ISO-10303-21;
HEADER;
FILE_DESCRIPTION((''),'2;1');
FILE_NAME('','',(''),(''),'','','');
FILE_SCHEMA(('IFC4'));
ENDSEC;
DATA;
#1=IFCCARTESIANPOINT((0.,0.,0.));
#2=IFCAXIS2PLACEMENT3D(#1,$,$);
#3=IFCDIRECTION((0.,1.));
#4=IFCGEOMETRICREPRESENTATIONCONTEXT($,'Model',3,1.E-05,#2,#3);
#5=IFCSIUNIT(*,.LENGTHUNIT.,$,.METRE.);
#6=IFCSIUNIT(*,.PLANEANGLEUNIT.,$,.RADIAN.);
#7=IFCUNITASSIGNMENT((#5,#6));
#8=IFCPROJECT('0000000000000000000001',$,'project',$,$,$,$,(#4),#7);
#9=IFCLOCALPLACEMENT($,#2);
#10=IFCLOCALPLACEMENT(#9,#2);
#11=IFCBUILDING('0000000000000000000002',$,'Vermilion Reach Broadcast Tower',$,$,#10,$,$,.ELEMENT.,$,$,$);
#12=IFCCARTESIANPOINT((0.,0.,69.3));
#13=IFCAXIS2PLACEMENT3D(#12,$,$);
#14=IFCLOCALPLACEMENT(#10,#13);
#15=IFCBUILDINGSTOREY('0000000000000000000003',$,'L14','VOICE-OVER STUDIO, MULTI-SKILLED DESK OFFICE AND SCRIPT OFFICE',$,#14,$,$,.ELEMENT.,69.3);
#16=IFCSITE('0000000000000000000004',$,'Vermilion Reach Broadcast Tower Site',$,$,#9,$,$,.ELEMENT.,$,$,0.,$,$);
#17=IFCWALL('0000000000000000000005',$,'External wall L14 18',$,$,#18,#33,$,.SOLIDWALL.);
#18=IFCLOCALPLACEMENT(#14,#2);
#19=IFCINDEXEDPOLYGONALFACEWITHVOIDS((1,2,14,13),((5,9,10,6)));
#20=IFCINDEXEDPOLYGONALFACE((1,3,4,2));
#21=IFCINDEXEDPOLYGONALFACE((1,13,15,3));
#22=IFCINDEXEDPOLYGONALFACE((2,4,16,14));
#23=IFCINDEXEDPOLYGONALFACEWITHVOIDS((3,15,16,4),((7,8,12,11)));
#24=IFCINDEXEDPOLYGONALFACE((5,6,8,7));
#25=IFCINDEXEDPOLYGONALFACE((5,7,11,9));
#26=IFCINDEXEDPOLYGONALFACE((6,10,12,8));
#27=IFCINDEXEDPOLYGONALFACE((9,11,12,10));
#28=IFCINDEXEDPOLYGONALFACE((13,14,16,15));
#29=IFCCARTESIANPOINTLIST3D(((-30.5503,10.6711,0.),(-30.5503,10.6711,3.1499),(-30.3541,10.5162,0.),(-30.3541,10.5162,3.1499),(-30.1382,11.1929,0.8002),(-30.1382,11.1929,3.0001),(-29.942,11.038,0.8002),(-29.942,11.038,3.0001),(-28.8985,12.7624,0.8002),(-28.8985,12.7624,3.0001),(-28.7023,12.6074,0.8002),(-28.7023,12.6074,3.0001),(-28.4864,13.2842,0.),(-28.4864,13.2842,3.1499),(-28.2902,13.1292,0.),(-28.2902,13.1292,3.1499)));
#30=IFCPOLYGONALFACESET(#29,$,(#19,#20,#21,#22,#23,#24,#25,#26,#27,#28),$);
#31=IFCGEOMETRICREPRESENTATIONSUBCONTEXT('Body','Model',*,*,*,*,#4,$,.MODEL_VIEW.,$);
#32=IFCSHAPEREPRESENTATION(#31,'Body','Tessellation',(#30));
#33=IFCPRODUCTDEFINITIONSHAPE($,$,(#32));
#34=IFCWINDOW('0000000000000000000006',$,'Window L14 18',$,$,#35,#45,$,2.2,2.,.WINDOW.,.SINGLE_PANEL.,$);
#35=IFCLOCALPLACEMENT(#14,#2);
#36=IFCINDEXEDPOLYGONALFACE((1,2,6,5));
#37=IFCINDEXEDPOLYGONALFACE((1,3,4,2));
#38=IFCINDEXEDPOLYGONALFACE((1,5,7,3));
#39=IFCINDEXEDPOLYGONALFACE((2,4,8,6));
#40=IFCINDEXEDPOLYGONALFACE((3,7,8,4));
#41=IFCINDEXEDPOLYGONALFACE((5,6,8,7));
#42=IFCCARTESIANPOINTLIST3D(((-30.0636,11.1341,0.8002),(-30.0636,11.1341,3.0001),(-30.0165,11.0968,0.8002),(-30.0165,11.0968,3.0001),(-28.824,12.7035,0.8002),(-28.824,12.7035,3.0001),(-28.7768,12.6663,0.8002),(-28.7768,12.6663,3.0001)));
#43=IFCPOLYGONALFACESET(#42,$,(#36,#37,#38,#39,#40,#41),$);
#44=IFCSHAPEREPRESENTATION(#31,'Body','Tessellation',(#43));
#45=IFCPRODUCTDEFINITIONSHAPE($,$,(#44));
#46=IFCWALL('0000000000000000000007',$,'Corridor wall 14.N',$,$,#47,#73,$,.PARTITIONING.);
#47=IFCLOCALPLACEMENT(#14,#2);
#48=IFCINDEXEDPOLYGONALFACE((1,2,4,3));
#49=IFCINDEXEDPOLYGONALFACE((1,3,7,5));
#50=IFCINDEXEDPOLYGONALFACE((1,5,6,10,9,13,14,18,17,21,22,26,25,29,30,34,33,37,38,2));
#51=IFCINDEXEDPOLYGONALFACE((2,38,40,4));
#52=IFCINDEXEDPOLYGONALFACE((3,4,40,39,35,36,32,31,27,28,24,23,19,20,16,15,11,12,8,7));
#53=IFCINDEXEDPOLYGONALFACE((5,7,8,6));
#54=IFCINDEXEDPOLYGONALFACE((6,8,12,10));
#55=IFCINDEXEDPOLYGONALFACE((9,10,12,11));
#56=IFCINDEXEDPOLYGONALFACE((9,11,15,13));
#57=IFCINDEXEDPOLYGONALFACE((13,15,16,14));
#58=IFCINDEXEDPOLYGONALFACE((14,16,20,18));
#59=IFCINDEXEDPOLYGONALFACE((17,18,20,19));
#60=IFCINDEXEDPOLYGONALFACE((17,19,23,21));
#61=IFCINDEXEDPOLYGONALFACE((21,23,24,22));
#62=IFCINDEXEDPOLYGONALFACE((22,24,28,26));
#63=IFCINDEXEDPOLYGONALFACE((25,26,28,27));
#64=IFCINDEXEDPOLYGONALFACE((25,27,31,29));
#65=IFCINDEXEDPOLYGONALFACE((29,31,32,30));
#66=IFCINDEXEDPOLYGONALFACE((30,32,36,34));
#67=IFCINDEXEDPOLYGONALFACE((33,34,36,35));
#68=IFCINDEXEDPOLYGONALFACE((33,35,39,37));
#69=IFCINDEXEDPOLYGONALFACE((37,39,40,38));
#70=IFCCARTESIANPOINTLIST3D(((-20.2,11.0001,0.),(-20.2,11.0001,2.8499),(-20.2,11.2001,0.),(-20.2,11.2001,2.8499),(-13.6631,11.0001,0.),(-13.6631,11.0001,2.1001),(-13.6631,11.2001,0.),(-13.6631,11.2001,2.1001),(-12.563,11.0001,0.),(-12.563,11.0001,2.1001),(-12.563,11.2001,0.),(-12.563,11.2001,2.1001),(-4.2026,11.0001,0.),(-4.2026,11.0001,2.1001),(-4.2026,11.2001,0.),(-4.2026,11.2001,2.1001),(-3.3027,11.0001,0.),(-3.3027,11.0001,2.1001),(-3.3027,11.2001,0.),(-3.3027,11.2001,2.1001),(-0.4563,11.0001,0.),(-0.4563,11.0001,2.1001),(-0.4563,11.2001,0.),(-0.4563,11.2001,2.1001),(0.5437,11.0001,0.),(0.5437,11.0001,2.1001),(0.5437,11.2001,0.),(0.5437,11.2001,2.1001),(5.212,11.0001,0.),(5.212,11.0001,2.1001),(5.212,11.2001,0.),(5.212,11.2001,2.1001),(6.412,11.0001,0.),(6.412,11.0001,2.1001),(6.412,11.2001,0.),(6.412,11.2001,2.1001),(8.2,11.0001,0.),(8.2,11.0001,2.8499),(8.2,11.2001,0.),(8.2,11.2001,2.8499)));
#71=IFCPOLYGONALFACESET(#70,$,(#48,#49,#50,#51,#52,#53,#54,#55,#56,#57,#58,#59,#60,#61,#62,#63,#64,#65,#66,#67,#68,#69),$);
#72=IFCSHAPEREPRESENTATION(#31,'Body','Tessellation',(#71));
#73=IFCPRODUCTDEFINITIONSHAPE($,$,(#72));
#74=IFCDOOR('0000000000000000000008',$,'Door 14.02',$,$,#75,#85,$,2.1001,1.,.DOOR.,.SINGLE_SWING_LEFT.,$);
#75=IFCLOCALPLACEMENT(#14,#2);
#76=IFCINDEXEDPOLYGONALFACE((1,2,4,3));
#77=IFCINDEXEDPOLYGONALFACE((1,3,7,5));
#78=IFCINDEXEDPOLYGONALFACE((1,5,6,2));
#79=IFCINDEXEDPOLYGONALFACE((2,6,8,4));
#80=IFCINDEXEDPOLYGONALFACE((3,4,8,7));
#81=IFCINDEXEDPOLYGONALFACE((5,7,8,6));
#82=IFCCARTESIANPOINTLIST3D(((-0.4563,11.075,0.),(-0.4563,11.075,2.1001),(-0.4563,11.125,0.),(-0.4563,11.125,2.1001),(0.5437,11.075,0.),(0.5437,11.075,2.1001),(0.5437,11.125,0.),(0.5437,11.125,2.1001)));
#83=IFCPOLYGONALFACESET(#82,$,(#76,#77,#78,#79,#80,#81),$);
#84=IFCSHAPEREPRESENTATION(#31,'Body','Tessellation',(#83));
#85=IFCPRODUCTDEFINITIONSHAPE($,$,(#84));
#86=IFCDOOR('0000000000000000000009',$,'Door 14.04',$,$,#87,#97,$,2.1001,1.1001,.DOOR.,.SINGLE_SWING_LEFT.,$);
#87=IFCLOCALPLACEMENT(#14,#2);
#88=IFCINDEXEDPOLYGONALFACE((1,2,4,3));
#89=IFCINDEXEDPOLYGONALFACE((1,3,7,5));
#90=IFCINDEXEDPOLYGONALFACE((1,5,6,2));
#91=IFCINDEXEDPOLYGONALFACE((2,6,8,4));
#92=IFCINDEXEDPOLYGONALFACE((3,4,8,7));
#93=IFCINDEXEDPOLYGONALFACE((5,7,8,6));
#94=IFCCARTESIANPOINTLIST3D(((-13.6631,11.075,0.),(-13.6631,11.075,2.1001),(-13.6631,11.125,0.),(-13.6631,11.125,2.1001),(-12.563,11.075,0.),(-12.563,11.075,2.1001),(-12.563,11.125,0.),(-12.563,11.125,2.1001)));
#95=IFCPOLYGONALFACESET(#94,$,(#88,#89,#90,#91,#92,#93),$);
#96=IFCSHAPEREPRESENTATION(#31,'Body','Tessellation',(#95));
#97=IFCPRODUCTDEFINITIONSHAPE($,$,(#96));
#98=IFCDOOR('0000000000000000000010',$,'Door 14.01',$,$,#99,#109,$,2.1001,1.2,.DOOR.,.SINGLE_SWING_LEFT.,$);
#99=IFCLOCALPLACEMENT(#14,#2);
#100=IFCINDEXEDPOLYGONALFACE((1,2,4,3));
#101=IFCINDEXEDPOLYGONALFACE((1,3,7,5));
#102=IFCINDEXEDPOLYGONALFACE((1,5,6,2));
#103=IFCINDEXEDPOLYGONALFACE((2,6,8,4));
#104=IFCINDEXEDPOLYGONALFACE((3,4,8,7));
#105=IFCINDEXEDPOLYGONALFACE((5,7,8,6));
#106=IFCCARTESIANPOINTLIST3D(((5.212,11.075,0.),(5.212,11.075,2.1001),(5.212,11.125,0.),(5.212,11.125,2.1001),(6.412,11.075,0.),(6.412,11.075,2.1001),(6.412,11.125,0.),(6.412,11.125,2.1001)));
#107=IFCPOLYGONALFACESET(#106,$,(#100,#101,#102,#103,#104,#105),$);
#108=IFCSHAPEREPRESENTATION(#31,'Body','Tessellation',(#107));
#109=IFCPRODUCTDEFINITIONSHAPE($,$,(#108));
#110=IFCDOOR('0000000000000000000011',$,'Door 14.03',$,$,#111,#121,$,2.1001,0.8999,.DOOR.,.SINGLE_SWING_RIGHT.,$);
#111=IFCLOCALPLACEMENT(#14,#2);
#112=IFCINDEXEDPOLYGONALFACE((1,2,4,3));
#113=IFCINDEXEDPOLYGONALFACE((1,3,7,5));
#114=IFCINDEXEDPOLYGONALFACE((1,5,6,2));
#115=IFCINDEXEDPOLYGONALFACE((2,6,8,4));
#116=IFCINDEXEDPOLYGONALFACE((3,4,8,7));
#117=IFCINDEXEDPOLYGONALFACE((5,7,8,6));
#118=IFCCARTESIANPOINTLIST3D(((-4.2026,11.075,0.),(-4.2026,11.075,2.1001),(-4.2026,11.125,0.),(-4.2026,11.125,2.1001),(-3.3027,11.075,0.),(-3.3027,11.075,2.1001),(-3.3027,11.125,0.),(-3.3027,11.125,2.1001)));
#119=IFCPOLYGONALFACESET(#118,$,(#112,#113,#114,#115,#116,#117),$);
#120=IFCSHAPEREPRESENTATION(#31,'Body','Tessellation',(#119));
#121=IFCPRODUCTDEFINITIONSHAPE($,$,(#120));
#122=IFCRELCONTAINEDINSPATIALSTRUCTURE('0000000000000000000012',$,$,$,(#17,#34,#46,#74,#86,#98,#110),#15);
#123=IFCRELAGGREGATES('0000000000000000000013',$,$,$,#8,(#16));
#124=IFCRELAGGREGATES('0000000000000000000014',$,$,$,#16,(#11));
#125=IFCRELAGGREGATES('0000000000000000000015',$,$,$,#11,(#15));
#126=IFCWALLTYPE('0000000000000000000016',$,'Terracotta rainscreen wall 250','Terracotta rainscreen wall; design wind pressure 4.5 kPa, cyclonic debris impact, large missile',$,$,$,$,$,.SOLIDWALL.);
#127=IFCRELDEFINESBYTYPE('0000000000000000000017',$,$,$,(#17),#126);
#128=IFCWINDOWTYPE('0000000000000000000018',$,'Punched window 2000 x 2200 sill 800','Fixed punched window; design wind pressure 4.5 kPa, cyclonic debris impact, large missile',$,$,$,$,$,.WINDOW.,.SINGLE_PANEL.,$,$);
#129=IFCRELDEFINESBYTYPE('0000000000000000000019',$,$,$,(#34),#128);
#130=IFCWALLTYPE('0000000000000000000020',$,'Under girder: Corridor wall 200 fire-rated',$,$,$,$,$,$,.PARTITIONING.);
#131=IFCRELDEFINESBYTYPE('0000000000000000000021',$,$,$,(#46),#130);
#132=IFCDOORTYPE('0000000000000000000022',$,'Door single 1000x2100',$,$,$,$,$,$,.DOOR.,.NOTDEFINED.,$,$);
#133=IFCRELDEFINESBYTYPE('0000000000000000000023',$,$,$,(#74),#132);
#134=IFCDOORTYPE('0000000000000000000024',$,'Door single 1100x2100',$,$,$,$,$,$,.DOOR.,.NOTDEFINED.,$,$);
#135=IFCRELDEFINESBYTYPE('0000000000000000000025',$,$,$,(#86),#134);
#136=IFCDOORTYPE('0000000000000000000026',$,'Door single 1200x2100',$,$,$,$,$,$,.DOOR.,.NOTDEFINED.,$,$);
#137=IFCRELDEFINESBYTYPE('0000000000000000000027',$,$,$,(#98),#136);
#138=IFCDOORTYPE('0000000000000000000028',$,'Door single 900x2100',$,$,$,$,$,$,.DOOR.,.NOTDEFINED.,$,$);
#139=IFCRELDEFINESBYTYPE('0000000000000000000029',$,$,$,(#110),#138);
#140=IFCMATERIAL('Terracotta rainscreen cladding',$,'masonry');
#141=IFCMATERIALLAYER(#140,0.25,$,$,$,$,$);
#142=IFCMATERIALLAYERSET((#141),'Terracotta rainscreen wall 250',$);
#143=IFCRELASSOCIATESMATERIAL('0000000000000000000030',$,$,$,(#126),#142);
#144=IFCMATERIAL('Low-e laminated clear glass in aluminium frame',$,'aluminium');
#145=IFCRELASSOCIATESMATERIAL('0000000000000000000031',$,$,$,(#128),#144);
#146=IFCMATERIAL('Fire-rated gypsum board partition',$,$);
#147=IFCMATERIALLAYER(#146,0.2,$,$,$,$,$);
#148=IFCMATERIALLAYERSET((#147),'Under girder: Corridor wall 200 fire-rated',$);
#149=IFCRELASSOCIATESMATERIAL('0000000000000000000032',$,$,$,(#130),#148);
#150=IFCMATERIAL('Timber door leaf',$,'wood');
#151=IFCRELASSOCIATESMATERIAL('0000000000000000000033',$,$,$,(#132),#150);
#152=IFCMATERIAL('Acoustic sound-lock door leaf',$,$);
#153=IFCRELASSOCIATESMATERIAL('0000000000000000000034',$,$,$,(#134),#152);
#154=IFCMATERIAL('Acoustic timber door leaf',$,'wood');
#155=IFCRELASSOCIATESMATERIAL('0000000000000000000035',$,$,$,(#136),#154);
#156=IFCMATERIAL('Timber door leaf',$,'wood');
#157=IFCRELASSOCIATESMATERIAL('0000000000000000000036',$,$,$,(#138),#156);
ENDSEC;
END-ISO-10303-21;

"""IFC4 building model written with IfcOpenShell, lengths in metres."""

from ifc_helpers import new_model, si_unit, direction, frame, frame_2d, origin, place, context, subcontext, project, spatial, rectangle, extrude, material, layer, layer_set, type_object, element, fill, save


model = new_model("IFC4")

# Units and contexts
model_context = context("Model", 3, precision=1e-05, world=origin(), true_north=direction((0.0, 1.0)))
body_context = subcontext(model_context, "Body", "Model", "MODEL_VIEW")
ifc_project = project(units=[si_unit("LENGTHUNIT", "METRE"), si_unit("PLANEANGLEUNIT", "RADIAN")], contexts=[model_context])

# Site, building, storey
site_placement = place(None, origin())
site = spatial("IfcSite", under=ifc_project, at=site_placement, Name="Vermilion Reach Broadcast Tower Site", CompositionType="ELEMENT", RefElevation=0.0)
building_placement = place(site_placement, origin())
building = spatial("IfcBuilding", under=site, at=building_placement, Name="Vermilion Reach Broadcast Tower", CompositionType="ELEMENT")
storey_placement = place(building_placement, frame((0.0, 0.0, 69.3)))
storey = spatial("IfcBuildingStorey", under=building, at=storey_placement, Name="L14", Description="VOICE-OVER STUDIO, MULTI-SKILLED DESK OFFICE AND SCRIPT OFFICE", CompositionType="ELEMENT", Elevation=69.3)

# Shared definitions
ifc_material_1 = material(Name="Terracotta rainscreen cladding", Category="masonry")
ifc_layer_1 = layer(ifc_material_1, 0.25)
ifc_layer_set_1 = layer_set([ifc_layer_1], Name="Terracotta rainscreen wall 250")
wall_type_1 = type_object("IfcWallType", Name="Terracotta rainscreen wall 250", Description="Terracotta rainscreen wall; design wind pressure 4.5 kPa, cyclonic debris impact, large missile", PredefinedType="SOLIDWALL", material=ifc_layer_set_1)

# Shared definitions
ifc_material_2 = material(Name="Low-e laminated clear glass in aluminium frame", Category="aluminium")
window_type = type_object("IfcWindowType", Name="Punched window 2000 x 2200 sill 800", Description="Fixed punched window; design wind pressure 4.5 kPa, cyclonic debris impact, large missile", PartitioningType="SINGLE_PANEL", PredefinedType="WINDOW", material=ifc_material_2)

# Wall, opening, window
wall_1_placement = place(storey_placement, frame((-28.3882, 13.2068, 0.0), z_axis=(0.0, 0.0, 1.0), x_axis=(-0.619837, -0.784731, 0.0)))
wall_1 = element("IfcWall", 1, at=wall_1_placement, inside=storey, type_object=wall_type_1, Name="External wall L14 18", PredefinedType="SOLIDWALL", context=body_context, shape_type="SweptSolid", body=[
    extrude(rectangle(XDim=3.3298, YDim=0.25, at=frame_2d((1.665, 0.0))), origin(), (0.0, 0.0, 1.0), 3.1499),
])
opening_1_placement = place(wall_1_placement, frame((0.665, 0.0, 0.8)))
opening_1 = element("IfcOpeningElement", 2, at=opening_1_placement, cuts=wall_1, PredefinedType="OPENING", context=body_context, shape_type="SweptSolid", body=[
    extrude(rectangle(XDim=2.0, YDim=2.2, at=frame_2d((1.0, 1.1001))), frame((0.0, 0.135, 0.0), z_axis=(0.0, -1.0, 0.0), x_axis=(1.0, 0.0, 0.0)), (0.0, 0.0, 1.0), 0.27),
])
window_1_placement = place(opening_1_placement, origin())
window_1 = element("IfcWindow", 3, at=window_1_placement, inside=storey, type_object=window_type, Name="Window L14 18", OverallHeight=2.2, OverallWidth=2.0, PartitioningType="SINGLE_PANEL", PredefinedType="WINDOW", context=body_context, shape_type="SweptSolid", body=[
    extrude(rectangle(XDim=2.0, YDim=2.2, at=frame_2d((1.0, 1.1001))), frame((0.0, 0.03, 0.0), z_axis=(0.0, -1.0, 0.0), x_axis=(1.0, 0.0, 0.0)), (0.0, 0.0, 1.0), 0.0601),
])
fill(opening_1, window_1)

# Wall, openings, doors
ifc_material_3 = material(Name="Fire-rated gypsum board partition")
ifc_layer_2 = layer(ifc_material_3, 0.2)
ifc_layer_set_2 = layer_set([ifc_layer_2], Name="Under girder: Corridor wall 200 fire-rated")
wall_type_2 = type_object("IfcWallType", Name="Under girder: Corridor wall 200 fire-rated", PredefinedType="PARTITIONING", material=ifc_layer_set_2)
wall_2_placement = place(storey_placement, frame((-20.2, 11.1001, 0.0), z_axis=(0.0, 0.0, 1.0), x_axis=(1.0, 0.0, 0.0)))
wall_2 = element("IfcWall", 4, at=wall_2_placement, inside=storey, type_object=wall_type_2, Name="Corridor wall 14.N", PredefinedType="PARTITIONING", context=body_context, shape_type="SweptSolid", body=[
    extrude(rectangle(XDim=28.3999, YDim=0.2, at=frame_2d((14.2, 0.0))), origin(), (0.0, 0.0, 1.0), 2.8499),
])
opening_2_placement = place(wall_2_placement, frame((25.4119, 0.0, 0.0)))
opening_2 = element("IfcOpeningElement", 5, at=opening_2_placement, cuts=wall_2, PredefinedType="OPENING", context=body_context, shape_type="SweptSolid", body=[
    extrude(rectangle(XDim=1.2, YDim=2.1001, at=frame_2d((0.6001, 1.05))), frame((0.0, 0.1099, 0.0), z_axis=(0.0, -1.0, 0.0), x_axis=(1.0, 0.0, 0.0)), (0.0, 0.0, 1.0), 0.22),
])
opening_3_placement = place(wall_2_placement, frame((19.7437, 0.0, 0.0)))
opening_3 = element("IfcOpeningElement", 6, at=opening_3_placement, cuts=wall_2, PredefinedType="OPENING", context=body_context, shape_type="SweptSolid", body=[
    extrude(rectangle(XDim=1.0, YDim=2.1001, at=frame_2d((0.5, 1.05))), frame((0.0, 0.1099, 0.0), z_axis=(0.0, -1.0, 0.0), x_axis=(1.0, 0.0, 0.0)), (0.0, 0.0, 1.0), 0.22),
])
opening_4_placement = place(wall_2_placement, frame((15.9973, 0.0, 0.0)))
opening_4 = element("IfcOpeningElement", 7, at=opening_4_placement, cuts=wall_2, PredefinedType="OPENING", context=body_context, shape_type="SweptSolid", body=[
    extrude(rectangle(XDim=0.8999, YDim=2.1001, at=frame_2d((0.45, 1.05))), frame((0.0, 0.1099, 0.0), z_axis=(0.0, -1.0, 0.0), x_axis=(1.0, 0.0, 0.0)), (0.0, 0.0, 1.0), 0.22),
])
opening_5_placement = place(wall_2_placement, frame((6.5369, 0.0, 0.0)))
opening_5 = element("IfcOpeningElement", 8, at=opening_5_placement, cuts=wall_2, PredefinedType="OPENING", context=body_context, shape_type="SweptSolid", body=[
    extrude(rectangle(XDim=1.1001, YDim=2.1001, at=frame_2d((0.55, 1.05))), frame((0.0, 0.1099, 0.0), z_axis=(0.0, -1.0, 0.0), x_axis=(1.0, 0.0, 0.0)), (0.0, 0.0, 1.0), 0.22),
])
ifc_material_4 = material(Name="Timber door leaf", Category="wood")
door_type_1 = type_object("IfcDoorType", Name="Door single 1000x2100", OperationType="NOTDEFINED", PredefinedType="DOOR", material=ifc_material_4)
door_1_placement = place(opening_3_placement, origin())
door_1 = element("IfcDoor", 9, at=door_1_placement, inside=storey, type_object=door_type_1, Name="Door 14.02", OperationType="SINGLE_SWING_LEFT", OverallHeight=2.1001, OverallWidth=1.0, PredefinedType="DOOR", context=body_context, shape_type="SweptSolid", body=[
    extrude(rectangle(XDim=1.0, YDim=2.1001, at=frame_2d((0.5, 1.05))), frame((0.0, 0.0249, 0.0), z_axis=(0.0, -1.0, 0.0), x_axis=(1.0, 0.0, 0.0)), (0.0, 0.0, 1.0), 0.05),
])
fill(opening_3, door_1)
ifc_material_5 = material(Name="Acoustic sound-lock door leaf")
door_type_2 = type_object("IfcDoorType", Name="Door single 1100x2100", OperationType="NOTDEFINED", PredefinedType="DOOR", material=ifc_material_5)
door_2_placement = place(opening_5_placement, origin())
door_2 = element("IfcDoor", 10, at=door_2_placement, inside=storey, type_object=door_type_2, Name="Door 14.04", OperationType="SINGLE_SWING_LEFT", OverallHeight=2.1001, OverallWidth=1.1001, PredefinedType="DOOR", context=body_context, shape_type="SweptSolid", body=[
    extrude(rectangle(XDim=1.1001, YDim=2.1001, at=frame_2d((0.55, 1.05))), frame((0.0, 0.0249, 0.0), z_axis=(0.0, -1.0, 0.0), x_axis=(1.0, 0.0, 0.0)), (0.0, 0.0, 1.0), 0.05),
])
fill(opening_5, door_2)
ifc_material_6 = material(Name="Acoustic timber door leaf", Category="wood")
door_type_3 = type_object("IfcDoorType", Name="Door single 1200x2100", OperationType="NOTDEFINED", PredefinedType="DOOR", material=ifc_material_6)
door_3_placement = place(opening_2_placement, origin())
door_3 = element("IfcDoor", 11, at=door_3_placement, inside=storey, type_object=door_type_3, Name="Door 14.01", OperationType="SINGLE_SWING_LEFT", OverallHeight=2.1001, OverallWidth=1.2, PredefinedType="DOOR", context=body_context, shape_type="SweptSolid", body=[
    extrude(rectangle(XDim=1.2, YDim=2.1001, at=frame_2d((0.6001, 1.05))), frame((0.0, 0.0249, 0.0), z_axis=(0.0, -1.0, 0.0), x_axis=(1.0, 0.0, 0.0)), (0.0, 0.0, 1.0), 0.05),
])
fill(opening_2, door_3)
ifc_material_7 = material(Name="Timber door leaf", Category="wood")
door_type_4 = type_object("IfcDoorType", Name="Door single 900x2100", OperationType="NOTDEFINED", PredefinedType="DOOR", material=ifc_material_7)
door_4_placement = place(opening_4_placement, origin())
door_4 = element("IfcDoor", 12, at=door_4_placement, inside=storey, type_object=door_type_4, Name="Door 14.03", OperationType="SINGLE_SWING_RIGHT", OverallHeight=2.1001, OverallWidth=0.8999, PredefinedType="DOOR", context=body_context, shape_type="SweptSolid", body=[
    extrude(rectangle(XDim=0.8999, YDim=2.1001, at=frame_2d((0.45, 1.05))), frame((0.0, 0.0249, 0.0), z_axis=(0.0, -1.0, 0.0), x_axis=(1.0, 0.0, 0.0)), (0.0, 0.0, 1.0), 0.05),
])
fill(opening_4, door_4)

save(model, "model.ifc")
